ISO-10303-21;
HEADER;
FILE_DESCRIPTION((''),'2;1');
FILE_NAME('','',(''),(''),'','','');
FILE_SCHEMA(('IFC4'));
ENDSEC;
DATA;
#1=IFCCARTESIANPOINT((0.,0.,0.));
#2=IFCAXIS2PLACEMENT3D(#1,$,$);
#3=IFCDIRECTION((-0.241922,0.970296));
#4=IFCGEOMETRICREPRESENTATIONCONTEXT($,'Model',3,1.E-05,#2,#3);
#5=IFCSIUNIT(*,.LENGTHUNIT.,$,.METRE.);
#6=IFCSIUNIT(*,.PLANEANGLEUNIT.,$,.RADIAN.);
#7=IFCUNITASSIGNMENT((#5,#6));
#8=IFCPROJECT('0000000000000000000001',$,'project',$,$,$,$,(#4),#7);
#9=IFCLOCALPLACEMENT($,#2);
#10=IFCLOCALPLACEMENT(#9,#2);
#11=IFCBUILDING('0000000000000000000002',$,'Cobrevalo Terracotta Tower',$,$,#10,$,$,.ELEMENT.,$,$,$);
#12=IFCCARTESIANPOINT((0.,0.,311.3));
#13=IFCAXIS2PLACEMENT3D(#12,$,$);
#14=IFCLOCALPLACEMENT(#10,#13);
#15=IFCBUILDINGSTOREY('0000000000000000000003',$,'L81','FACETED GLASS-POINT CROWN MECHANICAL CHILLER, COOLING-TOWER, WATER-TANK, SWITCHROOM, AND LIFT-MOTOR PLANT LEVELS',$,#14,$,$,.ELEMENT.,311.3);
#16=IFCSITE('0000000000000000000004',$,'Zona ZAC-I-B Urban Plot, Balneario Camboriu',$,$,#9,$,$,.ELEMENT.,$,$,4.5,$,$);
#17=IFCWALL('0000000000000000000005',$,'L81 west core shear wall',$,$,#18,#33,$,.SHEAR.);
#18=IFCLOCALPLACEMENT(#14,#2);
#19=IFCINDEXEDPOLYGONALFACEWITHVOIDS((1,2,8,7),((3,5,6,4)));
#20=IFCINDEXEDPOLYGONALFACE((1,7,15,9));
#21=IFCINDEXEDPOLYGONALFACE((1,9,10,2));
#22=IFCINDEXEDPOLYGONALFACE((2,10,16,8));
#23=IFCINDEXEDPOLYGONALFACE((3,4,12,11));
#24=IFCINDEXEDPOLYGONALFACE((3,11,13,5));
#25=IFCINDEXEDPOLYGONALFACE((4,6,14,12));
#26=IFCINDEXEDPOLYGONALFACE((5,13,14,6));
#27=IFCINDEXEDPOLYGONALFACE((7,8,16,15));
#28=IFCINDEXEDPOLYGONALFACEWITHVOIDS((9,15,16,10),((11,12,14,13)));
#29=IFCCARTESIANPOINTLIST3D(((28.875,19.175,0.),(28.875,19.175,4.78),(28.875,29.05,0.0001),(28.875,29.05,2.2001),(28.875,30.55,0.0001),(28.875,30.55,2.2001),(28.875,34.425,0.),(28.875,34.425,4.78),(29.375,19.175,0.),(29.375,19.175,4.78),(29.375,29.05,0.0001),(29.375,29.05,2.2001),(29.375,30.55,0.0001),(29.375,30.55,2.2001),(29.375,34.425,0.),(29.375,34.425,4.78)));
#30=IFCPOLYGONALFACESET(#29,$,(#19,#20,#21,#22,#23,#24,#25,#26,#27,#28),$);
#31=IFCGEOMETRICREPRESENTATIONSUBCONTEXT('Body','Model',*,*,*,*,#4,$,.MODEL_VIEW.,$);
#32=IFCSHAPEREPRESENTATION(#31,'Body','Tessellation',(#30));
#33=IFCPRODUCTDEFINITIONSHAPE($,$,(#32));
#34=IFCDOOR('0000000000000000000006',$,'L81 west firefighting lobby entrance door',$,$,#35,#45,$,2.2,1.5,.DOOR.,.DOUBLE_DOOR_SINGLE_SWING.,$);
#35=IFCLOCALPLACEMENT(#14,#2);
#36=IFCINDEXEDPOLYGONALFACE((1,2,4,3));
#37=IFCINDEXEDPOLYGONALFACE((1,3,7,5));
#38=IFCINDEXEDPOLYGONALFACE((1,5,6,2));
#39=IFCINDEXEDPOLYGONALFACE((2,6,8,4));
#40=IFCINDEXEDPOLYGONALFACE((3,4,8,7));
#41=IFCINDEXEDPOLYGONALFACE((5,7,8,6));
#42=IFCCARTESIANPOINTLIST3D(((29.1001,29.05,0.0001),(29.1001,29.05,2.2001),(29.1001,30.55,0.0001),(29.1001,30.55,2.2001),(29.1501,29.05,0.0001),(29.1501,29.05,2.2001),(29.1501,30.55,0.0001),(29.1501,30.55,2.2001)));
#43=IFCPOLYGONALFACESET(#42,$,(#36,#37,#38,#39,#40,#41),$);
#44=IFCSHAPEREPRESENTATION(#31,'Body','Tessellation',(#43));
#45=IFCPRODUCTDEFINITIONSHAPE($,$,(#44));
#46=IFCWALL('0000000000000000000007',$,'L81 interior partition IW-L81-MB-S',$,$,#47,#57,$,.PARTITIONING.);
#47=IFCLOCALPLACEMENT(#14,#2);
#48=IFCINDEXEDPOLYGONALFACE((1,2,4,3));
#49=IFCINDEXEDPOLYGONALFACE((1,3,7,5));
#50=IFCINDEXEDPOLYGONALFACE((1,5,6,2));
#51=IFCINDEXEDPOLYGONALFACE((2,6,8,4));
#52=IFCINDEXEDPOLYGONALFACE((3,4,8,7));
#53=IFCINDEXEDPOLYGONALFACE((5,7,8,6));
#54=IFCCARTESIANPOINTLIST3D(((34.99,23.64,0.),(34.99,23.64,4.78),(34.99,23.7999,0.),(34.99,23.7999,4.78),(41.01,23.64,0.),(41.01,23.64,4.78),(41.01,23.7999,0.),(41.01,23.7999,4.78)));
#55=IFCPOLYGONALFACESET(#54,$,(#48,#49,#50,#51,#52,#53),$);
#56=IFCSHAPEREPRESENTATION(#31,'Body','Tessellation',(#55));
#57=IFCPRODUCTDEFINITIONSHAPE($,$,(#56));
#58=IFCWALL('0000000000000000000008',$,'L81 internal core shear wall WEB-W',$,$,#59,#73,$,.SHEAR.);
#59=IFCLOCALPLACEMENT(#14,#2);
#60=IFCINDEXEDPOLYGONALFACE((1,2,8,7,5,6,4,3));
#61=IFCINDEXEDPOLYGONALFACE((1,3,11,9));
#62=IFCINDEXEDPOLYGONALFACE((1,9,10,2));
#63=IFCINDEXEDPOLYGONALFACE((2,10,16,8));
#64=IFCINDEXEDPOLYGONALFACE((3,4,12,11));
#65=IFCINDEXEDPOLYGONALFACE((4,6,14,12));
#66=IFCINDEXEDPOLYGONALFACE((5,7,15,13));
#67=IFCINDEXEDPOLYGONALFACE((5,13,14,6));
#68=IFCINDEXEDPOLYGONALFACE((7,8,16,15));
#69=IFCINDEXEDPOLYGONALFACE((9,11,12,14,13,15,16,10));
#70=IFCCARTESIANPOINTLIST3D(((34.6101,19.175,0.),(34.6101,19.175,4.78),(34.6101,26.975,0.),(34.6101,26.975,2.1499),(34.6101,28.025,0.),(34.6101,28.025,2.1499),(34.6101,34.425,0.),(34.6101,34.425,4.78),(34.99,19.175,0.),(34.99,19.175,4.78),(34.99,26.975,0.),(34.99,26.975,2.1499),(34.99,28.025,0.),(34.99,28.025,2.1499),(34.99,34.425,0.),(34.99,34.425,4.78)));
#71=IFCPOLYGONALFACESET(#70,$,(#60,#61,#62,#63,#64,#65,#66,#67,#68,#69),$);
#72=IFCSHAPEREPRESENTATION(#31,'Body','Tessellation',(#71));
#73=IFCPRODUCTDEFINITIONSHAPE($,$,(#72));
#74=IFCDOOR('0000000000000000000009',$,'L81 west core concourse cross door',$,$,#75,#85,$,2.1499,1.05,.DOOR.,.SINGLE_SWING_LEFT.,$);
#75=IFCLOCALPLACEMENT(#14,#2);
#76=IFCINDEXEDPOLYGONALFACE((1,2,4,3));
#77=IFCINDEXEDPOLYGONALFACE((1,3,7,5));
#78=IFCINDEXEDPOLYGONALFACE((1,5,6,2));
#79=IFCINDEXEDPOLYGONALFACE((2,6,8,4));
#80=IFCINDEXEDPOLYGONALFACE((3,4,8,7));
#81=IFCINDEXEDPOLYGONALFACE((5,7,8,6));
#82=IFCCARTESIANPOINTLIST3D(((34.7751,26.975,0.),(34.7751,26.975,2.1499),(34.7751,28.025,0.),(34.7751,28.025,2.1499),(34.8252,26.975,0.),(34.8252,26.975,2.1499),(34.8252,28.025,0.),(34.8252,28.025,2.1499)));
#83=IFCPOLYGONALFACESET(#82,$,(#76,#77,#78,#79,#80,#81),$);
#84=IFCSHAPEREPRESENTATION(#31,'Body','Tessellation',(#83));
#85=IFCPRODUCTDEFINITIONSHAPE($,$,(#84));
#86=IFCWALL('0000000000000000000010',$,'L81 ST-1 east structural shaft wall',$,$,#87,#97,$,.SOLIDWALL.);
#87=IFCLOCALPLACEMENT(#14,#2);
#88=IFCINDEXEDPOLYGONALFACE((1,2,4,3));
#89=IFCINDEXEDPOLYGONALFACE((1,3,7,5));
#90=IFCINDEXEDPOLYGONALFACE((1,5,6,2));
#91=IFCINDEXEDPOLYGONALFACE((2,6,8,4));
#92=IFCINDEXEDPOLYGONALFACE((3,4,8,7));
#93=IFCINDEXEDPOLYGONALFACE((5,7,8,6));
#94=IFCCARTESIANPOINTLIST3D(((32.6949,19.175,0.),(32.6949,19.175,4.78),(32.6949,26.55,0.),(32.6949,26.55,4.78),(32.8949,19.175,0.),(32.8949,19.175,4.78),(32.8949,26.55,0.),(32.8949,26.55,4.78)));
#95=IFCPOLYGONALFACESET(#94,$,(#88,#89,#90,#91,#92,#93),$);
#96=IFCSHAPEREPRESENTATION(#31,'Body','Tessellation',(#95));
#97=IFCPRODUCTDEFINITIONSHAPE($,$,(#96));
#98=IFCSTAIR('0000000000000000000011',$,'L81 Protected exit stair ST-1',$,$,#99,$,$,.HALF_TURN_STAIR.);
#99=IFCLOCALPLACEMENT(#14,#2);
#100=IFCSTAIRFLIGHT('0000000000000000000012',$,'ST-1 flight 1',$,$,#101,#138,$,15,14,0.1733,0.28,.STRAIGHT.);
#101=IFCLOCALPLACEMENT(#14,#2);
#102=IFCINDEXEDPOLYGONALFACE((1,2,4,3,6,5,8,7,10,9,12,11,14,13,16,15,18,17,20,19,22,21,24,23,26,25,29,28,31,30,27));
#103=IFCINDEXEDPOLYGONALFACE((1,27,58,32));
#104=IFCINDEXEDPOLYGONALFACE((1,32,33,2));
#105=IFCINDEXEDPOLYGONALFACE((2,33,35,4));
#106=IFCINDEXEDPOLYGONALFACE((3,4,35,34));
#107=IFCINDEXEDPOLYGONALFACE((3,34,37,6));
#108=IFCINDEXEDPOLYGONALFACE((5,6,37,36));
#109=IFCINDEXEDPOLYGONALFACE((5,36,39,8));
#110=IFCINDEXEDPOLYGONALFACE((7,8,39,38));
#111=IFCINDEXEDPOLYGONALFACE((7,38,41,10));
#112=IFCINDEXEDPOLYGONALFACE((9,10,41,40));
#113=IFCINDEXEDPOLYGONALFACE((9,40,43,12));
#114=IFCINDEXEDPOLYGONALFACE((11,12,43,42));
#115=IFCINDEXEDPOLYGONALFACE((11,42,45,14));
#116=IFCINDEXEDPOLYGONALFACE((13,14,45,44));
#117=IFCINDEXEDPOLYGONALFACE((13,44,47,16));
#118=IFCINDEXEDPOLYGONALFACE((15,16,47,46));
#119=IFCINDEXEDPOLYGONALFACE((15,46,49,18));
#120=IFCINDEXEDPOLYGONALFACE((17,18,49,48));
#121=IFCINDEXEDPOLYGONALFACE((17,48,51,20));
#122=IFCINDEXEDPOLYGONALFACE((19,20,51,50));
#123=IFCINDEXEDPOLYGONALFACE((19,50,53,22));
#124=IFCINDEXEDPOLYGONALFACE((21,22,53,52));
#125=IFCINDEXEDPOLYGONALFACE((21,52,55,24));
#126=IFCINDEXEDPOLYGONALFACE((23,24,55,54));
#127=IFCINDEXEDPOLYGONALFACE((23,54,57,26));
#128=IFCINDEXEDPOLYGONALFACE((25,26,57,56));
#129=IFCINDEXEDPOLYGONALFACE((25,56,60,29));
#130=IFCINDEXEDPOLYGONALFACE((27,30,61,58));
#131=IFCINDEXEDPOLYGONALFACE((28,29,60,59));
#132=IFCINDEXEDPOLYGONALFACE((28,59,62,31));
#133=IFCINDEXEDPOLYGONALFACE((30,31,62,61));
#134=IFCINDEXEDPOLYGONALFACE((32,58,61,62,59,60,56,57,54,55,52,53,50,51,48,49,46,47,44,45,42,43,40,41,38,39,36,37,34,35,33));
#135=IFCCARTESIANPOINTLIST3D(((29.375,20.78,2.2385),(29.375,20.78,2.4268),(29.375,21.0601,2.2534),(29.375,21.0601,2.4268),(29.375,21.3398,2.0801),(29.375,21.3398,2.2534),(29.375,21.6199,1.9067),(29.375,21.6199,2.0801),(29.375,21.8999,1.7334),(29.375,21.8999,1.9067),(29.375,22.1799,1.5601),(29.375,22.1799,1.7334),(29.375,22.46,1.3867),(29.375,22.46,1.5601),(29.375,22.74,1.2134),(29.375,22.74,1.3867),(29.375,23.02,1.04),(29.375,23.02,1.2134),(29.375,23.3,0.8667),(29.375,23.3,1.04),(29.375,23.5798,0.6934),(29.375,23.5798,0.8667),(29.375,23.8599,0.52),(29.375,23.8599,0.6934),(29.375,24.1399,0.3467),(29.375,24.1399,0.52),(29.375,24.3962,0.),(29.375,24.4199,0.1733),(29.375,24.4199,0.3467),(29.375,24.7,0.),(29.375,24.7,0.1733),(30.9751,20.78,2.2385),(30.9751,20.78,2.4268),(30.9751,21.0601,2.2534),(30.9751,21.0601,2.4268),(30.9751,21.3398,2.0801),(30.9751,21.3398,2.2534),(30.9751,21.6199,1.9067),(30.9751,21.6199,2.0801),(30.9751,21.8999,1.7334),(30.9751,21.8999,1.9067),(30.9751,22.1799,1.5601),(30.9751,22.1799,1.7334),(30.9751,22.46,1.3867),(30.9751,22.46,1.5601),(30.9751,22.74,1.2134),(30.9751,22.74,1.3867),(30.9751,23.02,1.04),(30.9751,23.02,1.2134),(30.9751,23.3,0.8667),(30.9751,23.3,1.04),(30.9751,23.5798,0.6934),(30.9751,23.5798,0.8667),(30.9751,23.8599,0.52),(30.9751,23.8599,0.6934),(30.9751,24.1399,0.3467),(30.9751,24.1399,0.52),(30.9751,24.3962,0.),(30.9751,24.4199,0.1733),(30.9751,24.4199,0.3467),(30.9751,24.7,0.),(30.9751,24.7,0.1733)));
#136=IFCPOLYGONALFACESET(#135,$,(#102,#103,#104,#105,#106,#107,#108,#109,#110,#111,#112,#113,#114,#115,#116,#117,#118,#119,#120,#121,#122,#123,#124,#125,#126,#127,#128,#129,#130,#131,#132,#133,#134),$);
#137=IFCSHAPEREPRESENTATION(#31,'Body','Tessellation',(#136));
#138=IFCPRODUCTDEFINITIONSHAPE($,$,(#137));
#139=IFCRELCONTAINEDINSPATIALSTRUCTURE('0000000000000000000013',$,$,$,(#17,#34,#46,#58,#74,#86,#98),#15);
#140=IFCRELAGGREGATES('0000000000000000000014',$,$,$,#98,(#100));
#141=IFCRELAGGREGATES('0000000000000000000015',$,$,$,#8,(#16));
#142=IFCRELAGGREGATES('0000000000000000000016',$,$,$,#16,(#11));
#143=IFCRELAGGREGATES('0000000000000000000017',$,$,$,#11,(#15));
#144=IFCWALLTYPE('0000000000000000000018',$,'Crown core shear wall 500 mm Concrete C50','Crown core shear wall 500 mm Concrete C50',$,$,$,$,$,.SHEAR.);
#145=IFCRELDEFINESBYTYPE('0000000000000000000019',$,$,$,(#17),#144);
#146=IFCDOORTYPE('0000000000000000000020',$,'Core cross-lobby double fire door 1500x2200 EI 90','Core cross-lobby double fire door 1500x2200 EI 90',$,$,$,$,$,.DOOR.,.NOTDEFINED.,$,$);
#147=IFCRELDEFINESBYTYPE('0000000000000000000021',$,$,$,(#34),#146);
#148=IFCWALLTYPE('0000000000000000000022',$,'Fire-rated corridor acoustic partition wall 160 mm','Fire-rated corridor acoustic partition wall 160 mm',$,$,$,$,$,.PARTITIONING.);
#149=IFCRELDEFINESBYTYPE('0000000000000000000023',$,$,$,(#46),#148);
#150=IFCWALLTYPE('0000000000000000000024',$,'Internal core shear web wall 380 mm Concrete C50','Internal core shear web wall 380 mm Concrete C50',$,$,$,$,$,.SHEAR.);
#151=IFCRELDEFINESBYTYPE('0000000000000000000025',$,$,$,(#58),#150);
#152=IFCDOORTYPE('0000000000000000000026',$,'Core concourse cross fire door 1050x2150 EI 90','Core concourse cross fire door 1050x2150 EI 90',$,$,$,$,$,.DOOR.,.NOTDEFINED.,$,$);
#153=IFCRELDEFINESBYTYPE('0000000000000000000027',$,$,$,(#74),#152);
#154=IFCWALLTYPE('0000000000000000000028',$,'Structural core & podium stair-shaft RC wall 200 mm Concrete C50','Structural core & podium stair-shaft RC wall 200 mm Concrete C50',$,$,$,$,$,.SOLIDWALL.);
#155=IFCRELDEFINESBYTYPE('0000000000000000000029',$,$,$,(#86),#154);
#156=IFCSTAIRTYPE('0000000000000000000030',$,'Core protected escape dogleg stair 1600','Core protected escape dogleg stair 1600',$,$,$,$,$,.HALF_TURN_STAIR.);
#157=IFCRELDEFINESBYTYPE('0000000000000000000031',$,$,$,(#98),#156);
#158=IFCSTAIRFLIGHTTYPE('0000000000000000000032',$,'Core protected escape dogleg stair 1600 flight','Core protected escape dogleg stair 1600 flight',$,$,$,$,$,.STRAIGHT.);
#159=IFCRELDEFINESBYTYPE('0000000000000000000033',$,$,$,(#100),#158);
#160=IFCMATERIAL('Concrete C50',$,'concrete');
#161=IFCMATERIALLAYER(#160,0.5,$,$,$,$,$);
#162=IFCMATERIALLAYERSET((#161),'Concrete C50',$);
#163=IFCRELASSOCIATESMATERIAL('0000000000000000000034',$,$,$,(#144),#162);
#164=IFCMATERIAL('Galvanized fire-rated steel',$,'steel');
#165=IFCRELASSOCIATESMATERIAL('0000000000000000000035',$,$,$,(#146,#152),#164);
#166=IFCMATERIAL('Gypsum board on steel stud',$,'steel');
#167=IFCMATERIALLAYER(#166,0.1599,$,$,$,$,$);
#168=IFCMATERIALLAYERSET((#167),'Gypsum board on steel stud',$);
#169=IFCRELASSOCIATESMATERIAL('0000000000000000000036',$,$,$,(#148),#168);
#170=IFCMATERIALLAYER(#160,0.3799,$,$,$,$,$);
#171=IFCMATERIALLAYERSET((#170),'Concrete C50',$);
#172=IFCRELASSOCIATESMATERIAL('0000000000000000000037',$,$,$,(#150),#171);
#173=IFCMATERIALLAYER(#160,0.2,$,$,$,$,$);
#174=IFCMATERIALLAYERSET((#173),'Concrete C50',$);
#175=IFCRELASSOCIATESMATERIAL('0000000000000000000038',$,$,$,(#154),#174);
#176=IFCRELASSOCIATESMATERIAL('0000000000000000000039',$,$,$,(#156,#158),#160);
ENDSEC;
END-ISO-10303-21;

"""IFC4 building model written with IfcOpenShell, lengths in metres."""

from ifc_helpers import new_model, si_unit, direction, frame, frame_2d, origin, place, context, subcontext, project, spatial, polyline, rectangle, outline, extrude, source, transform, mapped, material, layer, layer_set, type_object, element, fill, aggregate, save


model = new_model("IFC4")

# Units and contexts
model_context = context("Model", 3, precision=1e-05, world=origin(), true_north=direction((-0.241922, 0.970296)))
body_context = subcontext(model_context, "Body", "Model", "MODEL_VIEW")
ifc_project = project(units=[si_unit("LENGTHUNIT", "METRE"), si_unit("PLANEANGLEUNIT", "RADIAN")], contexts=[model_context])

# Site, building, storey
site_placement = place(None, origin())
site = spatial("IfcSite", under=ifc_project, at=site_placement, Name="Zona ZAC-I-B Urban Plot, Balneario Camboriu", CompositionType="ELEMENT", RefElevation=4.5)
building_placement = place(site_placement, origin())
building = spatial("IfcBuilding", under=site, at=building_placement, Name="Cobrevalo Terracotta Tower", CompositionType="ELEMENT")
storey_placement = place(building_placement, frame((0.0, 0.0, 311.3)))
storey = spatial("IfcBuildingStorey", under=building, at=storey_placement, Name="L81", Description="FACETED GLASS-POINT CROWN MECHANICAL CHILLER, COOLING-TOWER, WATER-TANK, SWITCHROOM, AND LIFT-MOTOR PLANT LEVELS", CompositionType="ELEMENT", Elevation=311.3)

# Shared definitions
ifc_material_1 = material(Name="Concrete C50", Category="concrete")

# Wall, opening, door
ifc_layer_1 = layer(ifc_material_1, 0.5)
ifc_layer_set_1 = layer_set([ifc_layer_1], Name="Concrete C50")
wall_type_1 = type_object("IfcWallType", Name="Crown core shear wall 500 mm Concrete C50", Description="Crown core shear wall 500 mm Concrete C50", PredefinedType="SHEAR", material=ifc_layer_set_1)
wall_1_placement = place(storey_placement, frame((29.125, 19.175, 0.0), z_axis=(0.0, 0.0, 1.0), x_axis=(0.0, 1.0, 0.0)))
wall_1 = element("IfcWall", 1, at=wall_1_placement, inside=storey, type_object=wall_type_1, Name="L81 west core shear wall", PredefinedType="SHEAR", context=body_context, shape_type="SweptSolid", body=[
    extrude(rectangle(XDim=15.25, YDim=0.5, at=frame_2d((7.625, 0.0))), origin(), (0.0, 0.0, 1.0), 4.78),
])
opening_1_placement = place(wall_1_placement, frame((9.875, 0.0, 0.0)))
opening_1 = element("IfcOpeningElement", 2, at=opening_1_placement, cuts=wall_1, PredefinedType="OPENING", context=body_context, shape_type="SweptSolid", body=[
    extrude(rectangle(XDim=1.5, YDim=2.2, at=frame_2d((0.75, 1.1001))), frame((0.0, 0.26, 0.0), z_axis=(0.0, -1.0, 0.0), x_axis=(1.0, 0.0, 0.0)), (0.0, 0.0, 1.0), 0.52),
])
ifc_material_2 = material(Name="Galvanized fire-rated steel", Category="steel")
door_type_1 = type_object("IfcDoorType", Name="Core cross-lobby double fire door 1500x2200 EI 90", Description="Core cross-lobby double fire door 1500x2200 EI 90", OperationType="NOTDEFINED", PredefinedType="DOOR", material=ifc_material_2)
shared_shape_1 = source(origin(), body_context, "Body", "SweptSolid", [
    extrude(rectangle(XDim=1.5, YDim=2.2, at=frame_2d((0.75, 1.1001))), frame((0.0, 0.0249, 0.0), z_axis=(0.0, -1.0, 0.0), x_axis=(1.0, 0.0, 0.0)), (0.0, 0.0, 1.0), 0.05),
])
door_1_placement = place(opening_1_placement, origin())
door_1 = element("IfcDoor", 3, at=door_1_placement, inside=storey, type_object=door_type_1, Name="L81 west firefighting lobby entrance door", OperationType="DOUBLE_DOOR_SINGLE_SWING", OverallHeight=2.2, OverallWidth=1.5, PredefinedType="DOOR", context=body_context, shape_type="MappedRepresentation", body=[
    mapped(shared_shape_1, transform((0.0, 0.0, 0.0), scale=1.0)),
])
fill(opening_1, door_1)

# Wall
ifc_material_3 = material(Name="Gypsum board on steel stud", Category="steel")
ifc_layer_2 = layer(ifc_material_3, 0.1599)
ifc_layer_set_2 = layer_set([ifc_layer_2], Name="Gypsum board on steel stud")
wall_type_2 = type_object("IfcWallType", Name="Fire-rated corridor acoustic partition wall 160 mm", Description="Fire-rated corridor acoustic partition wall 160 mm", PredefinedType="PARTITIONING", material=ifc_layer_set_2)
wall_2_placement = place(storey_placement, frame((34.99, 23.72, 0.0), z_axis=(0.0, 0.0, 1.0), x_axis=(1.0, 0.0, 0.0)))
element("IfcWall", 4, at=wall_2_placement, inside=storey, type_object=wall_type_2, Name="L81 interior partition IW-L81-MB-S", PredefinedType="PARTITIONING", context=body_context, shape_type="SweptSolid", body=[
    extrude(rectangle(XDim=6.02, YDim=0.1599, at=frame_2d((3.01, 0.0))), origin(), (0.0, 0.0, 1.0), 4.78),
])

# Wall, opening, door
ifc_layer_3 = layer(ifc_material_1, 0.3799)
ifc_layer_set_3 = layer_set([ifc_layer_3], Name="Concrete C50")
wall_type_3 = type_object("IfcWallType", Name="Internal core shear web wall 380 mm Concrete C50", Description="Internal core shear web wall 380 mm Concrete C50", PredefinedType="SHEAR", material=ifc_layer_set_3)
wall_3_placement = place(storey_placement, frame((34.8, 19.175, 0.0), z_axis=(0.0, 0.0, 1.0), x_axis=(0.0, 1.0, 0.0)))
wall_3 = element("IfcWall", 5, at=wall_3_placement, inside=storey, type_object=wall_type_3, Name="L81 internal core shear wall WEB-W", PredefinedType="SHEAR", context=body_context, shape_type="SweptSolid", body=[
    extrude(rectangle(XDim=15.25, YDim=0.3799, at=frame_2d((7.625, 0.0))), origin(), (0.0, 0.0, 1.0), 4.78),
])
opening_2_placement = place(wall_3_placement, frame((7.8, 0.0, 0.0)))
opening_2 = element("IfcOpeningElement", 6, at=opening_2_placement, cuts=wall_3, PredefinedType="OPENING", context=body_context, shape_type="SweptSolid", body=[
    extrude(rectangle(XDim=1.05, YDim=2.1499, at=frame_2d((0.5249, 1.075))), frame((0.0, 0.2, 0.0), z_axis=(0.0, -1.0, 0.0), x_axis=(1.0, 0.0, 0.0)), (0.0, 0.0, 1.0), 0.3999),
])
door_type_2 = type_object("IfcDoorType", Name="Core concourse cross fire door 1050x2150 EI 90", Description="Core concourse cross fire door 1050x2150 EI 90", OperationType="NOTDEFINED", PredefinedType="DOOR", material=ifc_material_2)
shared_shape_2 = source(origin(), body_context, "Body", "SweptSolid", [
    extrude(rectangle(XDim=1.05, YDim=2.1499, at=frame_2d((0.5249, 1.075))), frame((0.0, 0.0249, 0.0), z_axis=(0.0, -1.0, 0.0), x_axis=(1.0, 0.0, 0.0)), (0.0, 0.0, 1.0), 0.05),
])
door_2_placement = place(opening_2_placement, origin())
door_2 = element("IfcDoor", 7, at=door_2_placement, inside=storey, type_object=door_type_2, Name="L81 west core concourse cross door", OperationType="SINGLE_SWING_LEFT", OverallHeight=2.1499, OverallWidth=1.05, PredefinedType="DOOR", context=body_context, shape_type="MappedRepresentation", body=[
    mapped(shared_shape_2, transform((0.0, 0.0, 0.0), scale=1.0)),
])
fill(opening_2, door_2)

# Wall
ifc_layer_4 = layer(ifc_material_1, 0.2)
ifc_layer_set_4 = layer_set([ifc_layer_4], Name="Concrete C50")
wall_type_4 = type_object("IfcWallType", Name="Structural core & podium stair-shaft RC wall 200 mm Concrete C50", Description="Structural core & podium stair-shaft RC wall 200 mm Concrete C50", PredefinedType="SOLIDWALL", material=ifc_layer_set_4)
wall_4_placement = place(storey_placement, frame((32.7949, 19.175, 0.0), z_axis=(0.0, 0.0, 1.0), x_axis=(0.0, 1.0, 0.0)))
element("IfcWall", 8, at=wall_4_placement, inside=storey, type_object=wall_type_4, Name="L81 ST-1 east structural shaft wall", PredefinedType="SOLIDWALL", context=body_context, shape_type="SweptSolid", body=[
    extrude(rectangle(XDim=7.375, YDim=0.2, at=frame_2d((3.6875, 0.0))), origin(), (0.0, 0.0, 1.0), 4.78),
])

# Stair, stair flight
stair_type = type_object("IfcStairType", Name="Core protected escape dogleg stair 1600", Description="Core protected escape dogleg stair 1600", PredefinedType="HALF_TURN_STAIR", material=ifc_material_1)
stair_placement = place(storey_placement, origin())
stair = element("IfcStair", 9, at=stair_placement, inside=storey, type_object=stair_type, Name="L81 Protected exit stair ST-1", PredefinedType="HALF_TURN_STAIR")
stair_flight_type = type_object("IfcStairFlightType", Name="Core protected escape dogleg stair 1600 flight", Description="Core protected escape dogleg stair 1600 flight", PredefinedType="STRAIGHT", material=ifc_material_1)
stair_flight_1_placement = place(storey_placement, frame((30.175, 24.7, 0.0), z_axis=(0.0, 0.0, 1.0), x_axis=(0.0, -1.0, 0.0)))
stair_flight_1 = element("IfcStairFlight", 10, at=stair_flight_1_placement, type_object=stair_flight_type, Name="ST-1 flight 1", NumberOfRisers=15, NumberOfTreads=14, PredefinedType="STRAIGHT", RiserHeight=0.1733, TreadLength=0.28, context=body_context, shape_type="SweptSolid", body=[
    extrude(outline(polyline([(0.0, 0.0), (0.0, 0.1733), (0.28, 0.1733), (0.28, 0.3467), (0.5601, 0.3467), (0.5601, 0.52), (0.8401, 0.52), (0.8401, 0.6934), (1.1201, 0.6934), (1.1201, 0.8667), (1.3999, 0.8667), (1.3999, 1.04), (1.6799, 1.04), (1.6799, 1.2134), (1.96, 1.2134), (1.96, 1.3867), (2.24, 1.3867), (2.24, 1.5601), (2.52, 1.5601), (2.52, 1.7334), (2.8, 1.7334), (2.8, 1.9067), (3.0801, 1.9067), (3.0801, 2.0801), (3.3601, 2.0801), (3.3601, 2.2534), (3.6399, 2.2534), (3.6399, 2.4268), (3.9199, 2.4268), (3.9199, 2.6001), (3.9199, 2.2385), (0.3037, 0.0), (0.0, 0.0)])), frame((0.0, 0.8, 0.0), z_axis=(0.0, -1.0, 0.0), x_axis=(1.0, 0.0, 0.0)), (0.0, 0.0, 1.0), 1.6001),
])
aggregate(stair, [stair_flight_1])

save(model, "model.ifc")
